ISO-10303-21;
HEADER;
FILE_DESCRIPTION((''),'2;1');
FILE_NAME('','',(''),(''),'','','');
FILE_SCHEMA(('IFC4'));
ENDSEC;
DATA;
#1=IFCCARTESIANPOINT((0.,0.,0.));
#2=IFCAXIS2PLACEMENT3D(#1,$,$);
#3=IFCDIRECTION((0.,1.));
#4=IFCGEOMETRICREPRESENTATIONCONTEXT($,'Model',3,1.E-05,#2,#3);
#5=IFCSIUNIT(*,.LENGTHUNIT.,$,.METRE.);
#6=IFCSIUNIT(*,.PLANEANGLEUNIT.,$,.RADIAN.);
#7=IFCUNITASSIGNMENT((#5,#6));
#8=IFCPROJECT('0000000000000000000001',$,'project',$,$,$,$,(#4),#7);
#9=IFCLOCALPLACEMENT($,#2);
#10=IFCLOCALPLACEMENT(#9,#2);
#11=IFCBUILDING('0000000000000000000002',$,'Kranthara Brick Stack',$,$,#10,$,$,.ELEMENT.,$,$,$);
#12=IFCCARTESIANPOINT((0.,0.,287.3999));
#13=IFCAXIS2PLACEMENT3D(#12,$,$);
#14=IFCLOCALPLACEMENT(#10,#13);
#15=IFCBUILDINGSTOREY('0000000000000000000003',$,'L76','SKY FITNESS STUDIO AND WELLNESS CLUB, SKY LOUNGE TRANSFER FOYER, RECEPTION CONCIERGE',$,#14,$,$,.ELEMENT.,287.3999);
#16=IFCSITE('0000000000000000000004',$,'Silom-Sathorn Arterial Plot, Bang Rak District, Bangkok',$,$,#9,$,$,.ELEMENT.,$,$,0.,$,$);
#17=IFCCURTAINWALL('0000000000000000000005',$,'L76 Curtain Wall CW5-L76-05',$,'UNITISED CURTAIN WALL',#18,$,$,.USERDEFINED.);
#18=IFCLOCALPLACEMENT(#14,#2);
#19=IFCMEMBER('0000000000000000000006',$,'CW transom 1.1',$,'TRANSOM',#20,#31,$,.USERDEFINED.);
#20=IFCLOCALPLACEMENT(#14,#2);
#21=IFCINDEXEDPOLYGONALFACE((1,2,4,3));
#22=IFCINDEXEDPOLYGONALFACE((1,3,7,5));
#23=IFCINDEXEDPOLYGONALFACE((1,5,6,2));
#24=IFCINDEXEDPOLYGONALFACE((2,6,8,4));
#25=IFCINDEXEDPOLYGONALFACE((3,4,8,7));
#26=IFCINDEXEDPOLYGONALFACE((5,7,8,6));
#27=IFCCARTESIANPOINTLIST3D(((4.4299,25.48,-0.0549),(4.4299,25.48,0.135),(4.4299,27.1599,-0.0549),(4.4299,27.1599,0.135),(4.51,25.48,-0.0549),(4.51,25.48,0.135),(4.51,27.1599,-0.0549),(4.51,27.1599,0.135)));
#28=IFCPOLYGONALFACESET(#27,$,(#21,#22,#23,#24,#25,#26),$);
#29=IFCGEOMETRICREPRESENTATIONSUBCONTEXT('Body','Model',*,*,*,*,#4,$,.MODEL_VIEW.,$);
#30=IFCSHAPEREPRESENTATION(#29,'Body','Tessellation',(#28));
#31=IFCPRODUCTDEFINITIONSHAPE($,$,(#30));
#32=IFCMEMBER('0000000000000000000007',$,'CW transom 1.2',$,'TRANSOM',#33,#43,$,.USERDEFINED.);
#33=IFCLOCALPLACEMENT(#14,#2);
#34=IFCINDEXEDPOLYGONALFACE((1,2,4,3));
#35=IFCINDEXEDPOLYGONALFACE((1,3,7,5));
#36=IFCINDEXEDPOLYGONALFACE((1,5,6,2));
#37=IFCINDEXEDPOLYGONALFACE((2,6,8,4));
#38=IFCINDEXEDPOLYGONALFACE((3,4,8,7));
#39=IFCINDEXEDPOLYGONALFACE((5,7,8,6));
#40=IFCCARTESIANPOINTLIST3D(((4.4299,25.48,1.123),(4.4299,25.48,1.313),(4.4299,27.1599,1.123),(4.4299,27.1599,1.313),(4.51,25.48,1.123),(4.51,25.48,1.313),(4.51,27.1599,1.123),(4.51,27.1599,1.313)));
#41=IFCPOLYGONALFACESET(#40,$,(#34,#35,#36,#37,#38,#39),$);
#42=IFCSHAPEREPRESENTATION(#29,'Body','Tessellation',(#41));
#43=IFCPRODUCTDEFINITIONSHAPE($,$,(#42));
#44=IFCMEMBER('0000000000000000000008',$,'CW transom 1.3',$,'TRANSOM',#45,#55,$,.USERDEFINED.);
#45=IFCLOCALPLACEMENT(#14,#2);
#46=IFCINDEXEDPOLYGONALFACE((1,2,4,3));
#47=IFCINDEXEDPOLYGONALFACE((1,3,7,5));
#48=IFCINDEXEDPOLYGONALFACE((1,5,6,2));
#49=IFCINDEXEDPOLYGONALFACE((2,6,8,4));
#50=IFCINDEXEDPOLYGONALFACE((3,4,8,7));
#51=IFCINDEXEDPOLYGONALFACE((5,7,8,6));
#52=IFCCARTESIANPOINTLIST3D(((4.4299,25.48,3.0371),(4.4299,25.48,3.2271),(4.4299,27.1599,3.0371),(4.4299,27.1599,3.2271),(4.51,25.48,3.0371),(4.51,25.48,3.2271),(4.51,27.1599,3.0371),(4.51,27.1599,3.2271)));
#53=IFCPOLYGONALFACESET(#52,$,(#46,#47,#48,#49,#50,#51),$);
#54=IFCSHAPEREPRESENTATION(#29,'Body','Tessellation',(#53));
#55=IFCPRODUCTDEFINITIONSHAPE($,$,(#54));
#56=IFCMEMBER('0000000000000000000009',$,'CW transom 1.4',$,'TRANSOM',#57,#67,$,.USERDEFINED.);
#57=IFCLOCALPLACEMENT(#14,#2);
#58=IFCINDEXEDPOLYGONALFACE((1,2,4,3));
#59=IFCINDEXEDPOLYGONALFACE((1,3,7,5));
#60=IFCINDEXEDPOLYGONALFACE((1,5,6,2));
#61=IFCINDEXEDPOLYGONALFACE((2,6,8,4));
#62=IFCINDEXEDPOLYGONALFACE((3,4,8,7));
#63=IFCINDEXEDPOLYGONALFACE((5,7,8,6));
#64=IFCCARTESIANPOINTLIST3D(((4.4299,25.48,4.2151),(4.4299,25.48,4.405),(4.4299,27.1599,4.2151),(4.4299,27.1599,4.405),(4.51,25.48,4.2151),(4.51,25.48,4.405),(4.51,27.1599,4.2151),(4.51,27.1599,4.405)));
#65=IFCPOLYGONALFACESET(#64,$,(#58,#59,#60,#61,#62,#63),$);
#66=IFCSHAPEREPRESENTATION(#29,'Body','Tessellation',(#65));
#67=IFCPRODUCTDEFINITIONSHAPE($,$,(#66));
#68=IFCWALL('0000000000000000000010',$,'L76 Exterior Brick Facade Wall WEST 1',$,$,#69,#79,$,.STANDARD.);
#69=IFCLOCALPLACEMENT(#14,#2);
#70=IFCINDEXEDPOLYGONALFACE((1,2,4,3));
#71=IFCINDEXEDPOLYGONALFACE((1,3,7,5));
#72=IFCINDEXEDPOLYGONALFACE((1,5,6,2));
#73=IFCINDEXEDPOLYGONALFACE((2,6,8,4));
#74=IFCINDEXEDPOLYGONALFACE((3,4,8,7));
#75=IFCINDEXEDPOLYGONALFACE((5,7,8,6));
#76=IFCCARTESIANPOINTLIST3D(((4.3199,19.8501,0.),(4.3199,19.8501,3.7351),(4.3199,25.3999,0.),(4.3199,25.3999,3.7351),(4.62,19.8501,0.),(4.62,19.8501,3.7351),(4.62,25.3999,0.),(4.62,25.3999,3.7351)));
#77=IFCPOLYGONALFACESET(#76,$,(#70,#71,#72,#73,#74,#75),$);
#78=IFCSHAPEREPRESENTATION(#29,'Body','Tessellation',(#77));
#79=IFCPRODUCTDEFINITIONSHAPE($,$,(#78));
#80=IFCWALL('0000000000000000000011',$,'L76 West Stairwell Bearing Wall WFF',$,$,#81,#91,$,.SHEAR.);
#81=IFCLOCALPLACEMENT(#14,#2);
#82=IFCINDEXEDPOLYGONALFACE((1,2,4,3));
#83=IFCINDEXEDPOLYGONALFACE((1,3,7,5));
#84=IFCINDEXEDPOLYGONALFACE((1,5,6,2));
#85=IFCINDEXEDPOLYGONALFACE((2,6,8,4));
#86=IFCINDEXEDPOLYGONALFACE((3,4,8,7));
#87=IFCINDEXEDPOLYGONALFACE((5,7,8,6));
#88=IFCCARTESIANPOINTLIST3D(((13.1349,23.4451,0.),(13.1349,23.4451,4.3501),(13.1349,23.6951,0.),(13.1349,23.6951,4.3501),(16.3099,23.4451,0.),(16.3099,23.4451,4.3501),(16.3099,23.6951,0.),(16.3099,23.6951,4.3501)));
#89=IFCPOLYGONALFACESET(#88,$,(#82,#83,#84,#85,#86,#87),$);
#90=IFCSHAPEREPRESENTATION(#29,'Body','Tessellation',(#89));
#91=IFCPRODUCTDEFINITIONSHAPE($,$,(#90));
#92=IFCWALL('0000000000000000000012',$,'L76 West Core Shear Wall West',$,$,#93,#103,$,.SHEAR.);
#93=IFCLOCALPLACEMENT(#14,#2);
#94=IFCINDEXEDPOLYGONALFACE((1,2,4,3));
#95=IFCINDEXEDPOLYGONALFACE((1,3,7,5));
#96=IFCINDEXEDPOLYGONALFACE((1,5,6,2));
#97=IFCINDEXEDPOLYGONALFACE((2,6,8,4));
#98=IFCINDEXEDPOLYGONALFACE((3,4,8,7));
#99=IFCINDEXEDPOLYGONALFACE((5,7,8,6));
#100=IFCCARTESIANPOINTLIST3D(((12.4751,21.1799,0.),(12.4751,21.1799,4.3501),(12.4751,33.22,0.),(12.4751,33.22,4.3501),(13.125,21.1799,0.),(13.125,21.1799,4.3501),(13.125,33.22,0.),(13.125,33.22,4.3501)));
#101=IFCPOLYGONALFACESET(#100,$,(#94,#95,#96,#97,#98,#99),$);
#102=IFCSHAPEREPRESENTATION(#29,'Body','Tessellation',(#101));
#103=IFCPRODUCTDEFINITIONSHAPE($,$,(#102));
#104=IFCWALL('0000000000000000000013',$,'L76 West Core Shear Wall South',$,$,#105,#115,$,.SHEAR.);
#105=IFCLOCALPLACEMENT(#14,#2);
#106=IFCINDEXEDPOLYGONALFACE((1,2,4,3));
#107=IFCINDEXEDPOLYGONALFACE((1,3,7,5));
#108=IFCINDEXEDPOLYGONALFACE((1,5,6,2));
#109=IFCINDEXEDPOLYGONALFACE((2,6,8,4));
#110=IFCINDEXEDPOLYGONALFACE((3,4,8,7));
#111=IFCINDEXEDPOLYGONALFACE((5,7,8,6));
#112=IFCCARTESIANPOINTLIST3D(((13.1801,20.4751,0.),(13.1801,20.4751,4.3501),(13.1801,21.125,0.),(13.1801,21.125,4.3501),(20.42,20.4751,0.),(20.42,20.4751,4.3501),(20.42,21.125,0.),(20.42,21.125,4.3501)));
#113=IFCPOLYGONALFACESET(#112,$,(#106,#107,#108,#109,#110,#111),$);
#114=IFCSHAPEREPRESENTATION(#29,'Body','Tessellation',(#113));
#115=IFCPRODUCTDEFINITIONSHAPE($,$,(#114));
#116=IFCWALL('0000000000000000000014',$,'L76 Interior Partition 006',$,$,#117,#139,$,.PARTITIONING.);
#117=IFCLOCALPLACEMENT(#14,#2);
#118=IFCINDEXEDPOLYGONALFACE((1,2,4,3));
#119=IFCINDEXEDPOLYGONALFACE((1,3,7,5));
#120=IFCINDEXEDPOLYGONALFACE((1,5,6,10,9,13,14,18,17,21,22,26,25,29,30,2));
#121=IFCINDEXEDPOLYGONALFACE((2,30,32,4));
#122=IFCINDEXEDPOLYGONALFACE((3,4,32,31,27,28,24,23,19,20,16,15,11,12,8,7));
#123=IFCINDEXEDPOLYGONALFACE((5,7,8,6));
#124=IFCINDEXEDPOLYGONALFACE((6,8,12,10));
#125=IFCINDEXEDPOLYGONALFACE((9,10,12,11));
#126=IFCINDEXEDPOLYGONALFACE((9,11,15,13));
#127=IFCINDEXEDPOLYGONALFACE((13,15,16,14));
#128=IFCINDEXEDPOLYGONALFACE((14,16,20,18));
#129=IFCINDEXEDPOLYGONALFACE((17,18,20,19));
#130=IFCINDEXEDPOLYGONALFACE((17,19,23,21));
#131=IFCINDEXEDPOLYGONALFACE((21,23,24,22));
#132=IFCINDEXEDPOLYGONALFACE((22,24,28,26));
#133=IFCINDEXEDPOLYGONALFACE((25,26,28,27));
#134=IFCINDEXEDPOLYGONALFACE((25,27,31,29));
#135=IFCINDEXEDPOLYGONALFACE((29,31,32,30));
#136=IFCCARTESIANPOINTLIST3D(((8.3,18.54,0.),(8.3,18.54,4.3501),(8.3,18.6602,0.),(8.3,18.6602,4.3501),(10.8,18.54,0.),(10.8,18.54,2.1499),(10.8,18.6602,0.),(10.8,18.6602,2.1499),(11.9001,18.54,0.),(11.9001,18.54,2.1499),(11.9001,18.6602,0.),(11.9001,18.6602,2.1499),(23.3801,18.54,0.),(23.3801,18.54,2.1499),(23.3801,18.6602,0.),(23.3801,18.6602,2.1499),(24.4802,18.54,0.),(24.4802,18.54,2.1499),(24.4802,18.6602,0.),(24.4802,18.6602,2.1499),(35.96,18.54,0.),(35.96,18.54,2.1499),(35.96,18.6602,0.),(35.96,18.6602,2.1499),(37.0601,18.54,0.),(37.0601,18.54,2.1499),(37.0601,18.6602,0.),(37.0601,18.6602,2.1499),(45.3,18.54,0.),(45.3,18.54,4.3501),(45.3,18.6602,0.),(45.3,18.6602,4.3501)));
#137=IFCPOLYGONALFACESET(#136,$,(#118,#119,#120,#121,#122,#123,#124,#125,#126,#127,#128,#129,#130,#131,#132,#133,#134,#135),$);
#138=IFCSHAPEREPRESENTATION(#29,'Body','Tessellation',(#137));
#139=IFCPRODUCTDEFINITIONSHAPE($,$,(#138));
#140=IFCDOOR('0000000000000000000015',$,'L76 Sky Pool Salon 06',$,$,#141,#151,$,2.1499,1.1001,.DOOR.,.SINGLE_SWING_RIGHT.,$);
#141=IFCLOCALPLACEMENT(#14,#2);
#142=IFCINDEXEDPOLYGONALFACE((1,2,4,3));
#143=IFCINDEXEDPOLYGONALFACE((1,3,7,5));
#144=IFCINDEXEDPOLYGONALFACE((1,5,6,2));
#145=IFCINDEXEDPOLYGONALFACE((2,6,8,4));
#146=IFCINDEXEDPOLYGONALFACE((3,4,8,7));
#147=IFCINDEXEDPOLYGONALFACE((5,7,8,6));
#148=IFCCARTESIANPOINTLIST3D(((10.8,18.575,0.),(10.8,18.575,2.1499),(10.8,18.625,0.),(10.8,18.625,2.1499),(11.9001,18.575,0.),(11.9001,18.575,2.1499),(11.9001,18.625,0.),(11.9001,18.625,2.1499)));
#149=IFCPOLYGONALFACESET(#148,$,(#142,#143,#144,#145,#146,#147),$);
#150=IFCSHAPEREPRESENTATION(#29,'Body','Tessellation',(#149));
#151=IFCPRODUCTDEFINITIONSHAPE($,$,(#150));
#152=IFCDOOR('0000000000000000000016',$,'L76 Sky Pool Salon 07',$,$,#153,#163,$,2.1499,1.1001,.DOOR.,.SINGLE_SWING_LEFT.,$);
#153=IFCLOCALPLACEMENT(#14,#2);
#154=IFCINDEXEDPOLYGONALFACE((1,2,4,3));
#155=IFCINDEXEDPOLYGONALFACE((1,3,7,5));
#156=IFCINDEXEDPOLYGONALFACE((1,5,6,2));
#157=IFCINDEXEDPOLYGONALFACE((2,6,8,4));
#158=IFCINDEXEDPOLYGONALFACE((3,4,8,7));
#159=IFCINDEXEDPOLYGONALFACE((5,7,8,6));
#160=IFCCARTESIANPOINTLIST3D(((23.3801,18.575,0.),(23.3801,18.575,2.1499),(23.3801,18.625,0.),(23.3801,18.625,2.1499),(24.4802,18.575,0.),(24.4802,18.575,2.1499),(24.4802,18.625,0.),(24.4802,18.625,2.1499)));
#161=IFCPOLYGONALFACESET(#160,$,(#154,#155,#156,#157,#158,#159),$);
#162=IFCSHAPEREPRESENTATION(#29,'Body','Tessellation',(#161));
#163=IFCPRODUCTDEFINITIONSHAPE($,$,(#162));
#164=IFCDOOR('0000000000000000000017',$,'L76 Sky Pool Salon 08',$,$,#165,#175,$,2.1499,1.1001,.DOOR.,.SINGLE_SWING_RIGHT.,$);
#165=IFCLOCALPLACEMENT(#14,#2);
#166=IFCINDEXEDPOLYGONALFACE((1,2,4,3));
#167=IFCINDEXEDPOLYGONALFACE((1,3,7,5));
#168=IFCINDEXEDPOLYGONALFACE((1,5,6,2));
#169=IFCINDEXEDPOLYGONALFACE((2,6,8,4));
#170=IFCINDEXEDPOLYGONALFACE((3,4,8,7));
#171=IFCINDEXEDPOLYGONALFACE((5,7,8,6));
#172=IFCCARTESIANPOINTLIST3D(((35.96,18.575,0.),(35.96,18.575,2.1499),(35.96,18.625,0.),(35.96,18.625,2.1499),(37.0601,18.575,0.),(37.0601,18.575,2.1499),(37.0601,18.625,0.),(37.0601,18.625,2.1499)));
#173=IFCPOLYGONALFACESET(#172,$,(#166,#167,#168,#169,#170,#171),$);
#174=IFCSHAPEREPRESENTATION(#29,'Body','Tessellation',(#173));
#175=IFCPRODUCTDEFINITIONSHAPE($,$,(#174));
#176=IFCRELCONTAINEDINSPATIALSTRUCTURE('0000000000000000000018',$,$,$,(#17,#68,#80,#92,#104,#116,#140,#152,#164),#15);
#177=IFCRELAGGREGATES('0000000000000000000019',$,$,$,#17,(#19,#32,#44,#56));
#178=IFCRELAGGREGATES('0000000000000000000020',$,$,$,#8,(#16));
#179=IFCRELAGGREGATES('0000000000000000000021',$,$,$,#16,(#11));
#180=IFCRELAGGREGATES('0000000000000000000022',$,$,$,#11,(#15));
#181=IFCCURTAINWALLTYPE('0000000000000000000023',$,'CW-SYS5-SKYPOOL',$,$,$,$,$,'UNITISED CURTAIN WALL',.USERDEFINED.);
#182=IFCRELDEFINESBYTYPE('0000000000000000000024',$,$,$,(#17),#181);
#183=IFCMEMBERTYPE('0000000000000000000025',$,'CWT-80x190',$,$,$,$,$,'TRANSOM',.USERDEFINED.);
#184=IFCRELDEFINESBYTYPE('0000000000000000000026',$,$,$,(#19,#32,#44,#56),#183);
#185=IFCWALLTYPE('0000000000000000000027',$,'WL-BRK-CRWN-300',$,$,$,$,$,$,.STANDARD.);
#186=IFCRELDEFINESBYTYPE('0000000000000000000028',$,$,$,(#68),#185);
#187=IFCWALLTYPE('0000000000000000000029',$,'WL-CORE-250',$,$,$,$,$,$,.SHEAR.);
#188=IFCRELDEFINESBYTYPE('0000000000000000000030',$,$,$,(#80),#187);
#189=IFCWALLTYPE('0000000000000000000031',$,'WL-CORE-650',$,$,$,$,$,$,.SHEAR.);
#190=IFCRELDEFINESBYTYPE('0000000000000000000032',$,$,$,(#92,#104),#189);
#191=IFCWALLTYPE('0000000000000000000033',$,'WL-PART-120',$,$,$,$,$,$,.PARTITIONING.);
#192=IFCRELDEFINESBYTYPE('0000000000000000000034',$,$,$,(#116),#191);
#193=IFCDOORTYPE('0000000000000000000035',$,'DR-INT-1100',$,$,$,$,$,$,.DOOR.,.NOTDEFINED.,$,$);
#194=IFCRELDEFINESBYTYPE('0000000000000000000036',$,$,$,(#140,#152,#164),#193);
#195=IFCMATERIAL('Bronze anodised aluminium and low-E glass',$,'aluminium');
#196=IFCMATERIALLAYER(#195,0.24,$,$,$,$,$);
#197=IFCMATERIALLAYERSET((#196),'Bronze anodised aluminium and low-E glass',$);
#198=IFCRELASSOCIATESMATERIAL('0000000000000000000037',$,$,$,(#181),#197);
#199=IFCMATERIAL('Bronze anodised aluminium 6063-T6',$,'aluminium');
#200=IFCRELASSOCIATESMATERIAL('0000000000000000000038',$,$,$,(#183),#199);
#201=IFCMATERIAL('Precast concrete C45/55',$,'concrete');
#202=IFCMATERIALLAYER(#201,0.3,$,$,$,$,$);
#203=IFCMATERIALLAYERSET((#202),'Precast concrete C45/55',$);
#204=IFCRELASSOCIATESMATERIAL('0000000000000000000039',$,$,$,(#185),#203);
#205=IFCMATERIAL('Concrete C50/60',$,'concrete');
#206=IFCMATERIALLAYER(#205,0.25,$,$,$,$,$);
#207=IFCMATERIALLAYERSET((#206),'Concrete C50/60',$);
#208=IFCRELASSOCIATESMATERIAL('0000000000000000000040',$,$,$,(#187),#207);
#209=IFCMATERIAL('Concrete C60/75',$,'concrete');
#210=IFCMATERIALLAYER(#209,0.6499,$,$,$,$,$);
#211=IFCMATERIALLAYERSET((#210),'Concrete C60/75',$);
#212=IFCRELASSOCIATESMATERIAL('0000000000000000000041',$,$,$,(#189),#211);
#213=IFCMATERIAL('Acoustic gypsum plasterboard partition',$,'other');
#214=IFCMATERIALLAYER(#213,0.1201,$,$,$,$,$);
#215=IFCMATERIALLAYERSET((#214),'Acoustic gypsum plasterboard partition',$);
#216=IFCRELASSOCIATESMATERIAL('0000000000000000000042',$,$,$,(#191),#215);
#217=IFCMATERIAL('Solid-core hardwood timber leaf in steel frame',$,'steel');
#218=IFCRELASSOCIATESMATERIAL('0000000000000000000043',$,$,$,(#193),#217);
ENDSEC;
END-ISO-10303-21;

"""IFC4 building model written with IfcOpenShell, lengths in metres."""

from ifc_helpers import new_model, si_unit, direction, frame, frame_2d, origin, origin_2d, place, context, subcontext, project, spatial, rectangle, extrude, material, layer, layer_set, material_profile, profile_set, type_object, element, fill, aggregate, save


model = new_model("IFC4")

# Units and contexts
model_context = context("Model", 3, precision=1e-05, world=origin(), true_north=direction((0.0, 1.0)))
body_context = subcontext(model_context, "Body", "Model", "MODEL_VIEW")
ifc_project = project(units=[si_unit("LENGTHUNIT", "METRE"), si_unit("PLANEANGLEUNIT", "RADIAN")], contexts=[model_context])

# Site, building, storey
site_placement = place(None, origin())
site = spatial("IfcSite", under=ifc_project, at=site_placement, Name="Silom-Sathorn Arterial Plot, Bang Rak District, Bangkok", CompositionType="ELEMENT", RefElevation=0.0)
building_placement = place(site_placement, origin())
building = spatial("IfcBuilding", under=site, at=building_placement, Name="Kranthara Brick Stack", CompositionType="ELEMENT")
storey_placement = place(building_placement, frame((0.0, 0.0, 287.3999)))
storey = spatial("IfcBuildingStorey", under=building, at=storey_placement, Name="L76", Description="SKY FITNESS STUDIO AND WELLNESS CLUB, SKY LOUNGE TRANSFER FOYER, RECEPTION CONCIERGE", CompositionType="ELEMENT", Elevation=287.3999)

# Curtain wall, members
ifc_material_1 = material(Name="Bronze anodised aluminium and low-E glass", Category="aluminium")
ifc_layer_1 = layer(ifc_material_1, 0.24)
ifc_layer_set_1 = layer_set([ifc_layer_1], Name="Bronze anodised aluminium and low-E glass")
curtain_wall_type = type_object("IfcCurtainWallType", Name="CW-SYS5-SKYPOOL", ElementType="UNITISED CURTAIN WALL", PredefinedType="USERDEFINED", material=ifc_layer_set_1)
curtain_wall_placement = place(storey_placement, origin())
curtain_wall = element("IfcCurtainWall", 1, at=curtain_wall_placement, inside=storey, type_object=curtain_wall_type, Name="L76 Curtain Wall CW5-L76-05", ObjectType="UNITISED CURTAIN WALL", PredefinedType="USERDEFINED")
ifc_material_2 = material(Name="Bronze anodised aluminium 6063-T6", Category="aluminium")
ifc_material_profile_1 = material_profile(ifc_material_2, rectangle(XDim=0.0801, YDim=0.1899, at=origin_2d()), Name="ALU TRANSOM 80x190")
ifc_profile_set_1 = profile_set([ifc_material_profile_1], Name="Bronze anodised aluminium 6063-T6")
member_type_1 = type_object("IfcMemberType", Name="CWT-80x190", ElementType="TRANSOM", PredefinedType="USERDEFINED", material=ifc_profile_set_1)
member_1_placement = place(storey_placement, frame((4.47, 25.48, 0.04), z_axis=(0.0, 1.0, 0.0), x_axis=(-1.0, 0.0, 0.0)))
member_1 = element("IfcMember", 2, at=member_1_placement, type_object=member_type_1, Name="CW transom 1.1", ObjectType="TRANSOM", PredefinedType="USERDEFINED", context=body_context, shape_type="SweptSolid", body=[
    extrude(rectangle(XDim=0.0801, YDim=0.1899, at=origin_2d()), origin(), (0.0, 0.0, 1.0), 1.6799),
])
member_2_placement = place(storey_placement, frame((4.47, 25.48, 1.218), z_axis=(0.0, 1.0, 0.0), x_axis=(-1.0, 0.0, 0.0)))
member_2 = element("IfcMember", 3, at=member_2_placement, type_object=member_type_1, Name="CW transom 1.2", ObjectType="TRANSOM", PredefinedType="USERDEFINED", context=body_context, shape_type="SweptSolid", body=[
    extrude(rectangle(XDim=0.0801, YDim=0.1899, at=origin_2d()), origin(), (0.0, 0.0, 1.0), 1.6799),
])
member_3_placement = place(storey_placement, frame((4.47, 25.48, 3.1321), z_axis=(0.0, 1.0, 0.0), x_axis=(-1.0, 0.0, 0.0)))
member_3 = element("IfcMember", 4, at=member_3_placement, type_object=member_type_1, Name="CW transom 1.3", ObjectType="TRANSOM", PredefinedType="USERDEFINED", context=body_context, shape_type="SweptSolid", body=[
    extrude(rectangle(XDim=0.0801, YDim=0.1899, at=origin_2d()), origin(), (0.0, 0.0, 1.0), 1.6799),
])
member_4_placement = place(storey_placement, frame((4.47, 25.48, 4.3101), z_axis=(0.0, 1.0, 0.0), x_axis=(-1.0, 0.0, 0.0)))
member_4 = element("IfcMember", 5, at=member_4_placement, type_object=member_type_1, Name="CW transom 1.4", ObjectType="TRANSOM", PredefinedType="USERDEFINED", context=body_context, shape_type="SweptSolid", body=[
    extrude(rectangle(XDim=0.0801, YDim=0.1899, at=origin_2d()), origin(), (0.0, 0.0, 1.0), 1.6799),
])
aggregate(curtain_wall, [member_1, member_2, member_3, member_4])

# Walls
ifc_material_3 = material(Name="Precast concrete C45/55", Category="concrete")
ifc_layer_2 = layer(ifc_material_3, 0.3)
ifc_layer_set_2 = layer_set([ifc_layer_2], Name="Precast concrete C45/55")
wall_type_1 = type_object("IfcWallType", Name="WL-BRK-CRWN-300", PredefinedType="STANDARD", material=ifc_layer_set_2)
wall_1_placement = place(storey_placement, frame((4.47, 19.8501, 0.0), z_axis=(0.0, 0.0, 1.0), x_axis=(0.0, 1.0, 0.0)))
element("IfcWall", 6, at=wall_1_placement, inside=storey, type_object=wall_type_1, Name="L76 Exterior Brick Facade Wall WEST 1", PredefinedType="STANDARD", context=body_context, shape_type="SweptSolid", body=[
    extrude(rectangle(XDim=5.5498, YDim=0.3, at=frame_2d((2.7749, 0.0))), origin(), (0.0, 0.0, 1.0), 3.7351),
])
ifc_material_4 = material(Name="Concrete C50/60", Category="concrete")
ifc_layer_3 = layer(ifc_material_4, 0.25)
ifc_layer_set_3 = layer_set([ifc_layer_3], Name="Concrete C50/60")
wall_type_2 = type_object("IfcWallType", Name="WL-CORE-250", PredefinedType="SHEAR", material=ifc_layer_set_3)
wall_2_placement = place(storey_placement, frame((13.135, 23.5701, 0.0), z_axis=(0.0, 0.0, 1.0), x_axis=(1.0, 0.0, 0.0)))
element("IfcWall", 7, at=wall_2_placement, inside=storey, type_object=wall_type_2, Name="L76 West Stairwell Bearing Wall WFF", PredefinedType="SHEAR", context=body_context, shape_type="SweptSolid", body=[
    extrude(rectangle(XDim=3.175, YDim=0.25, at=frame_2d((1.5874, 0.0))), origin(), (0.0, 0.0, 1.0), 4.3501),
])
ifc_material_5 = material(Name="Concrete C60/75", Category="concrete")
ifc_layer_4 = layer(ifc_material_5, 0.6499)
ifc_layer_set_4 = layer_set([ifc_layer_4], Name="Concrete C60/75")
wall_type_3 = type_object("IfcWallType", Name="WL-CORE-650", PredefinedType="SHEAR", material=ifc_layer_set_4)
wall_3_placement = place(storey_placement, frame((12.8, 21.1799, 0.0), z_axis=(0.0, 0.0, 1.0), x_axis=(0.0, 1.0, 0.0)))
element("IfcWall", 8, at=wall_3_placement, inside=storey, type_object=wall_type_3, Name="L76 West Core Shear Wall West", PredefinedType="SHEAR", context=body_context, shape_type="SweptSolid", body=[
    extrude(rectangle(XDim=12.04, YDim=0.6499, at=frame_2d((6.02, 0.0))), origin(), (0.0, 0.0, 1.0), 4.3501),
])
wall_4_placement = place(storey_placement, frame((13.1799, 20.8, 0.0), z_axis=(0.0, 0.0, 1.0), x_axis=(1.0, 0.0, 0.0)))
element("IfcWall", 9, at=wall_4_placement, inside=storey, type_object=wall_type_3, Name="L76 West Core Shear Wall South", PredefinedType="SHEAR", context=body_context, shape_type="SweptSolid", body=[
    extrude(rectangle(XDim=7.24, YDim=0.6499, at=frame_2d((3.6201, 0.0))), origin(), (0.0, 0.0, 1.0), 4.3501),
])

# Wall, openings, doors
ifc_material_6 = material(Name="Acoustic gypsum plasterboard partition", Category="other")
ifc_layer_5 = layer(ifc_material_6, 0.1201)
ifc_layer_set_5 = layer_set([ifc_layer_5], Name="Acoustic gypsum plasterboard partition")
wall_type_4 = type_object("IfcWallType", Name="WL-PART-120", PredefinedType="PARTITIONING", material=ifc_layer_set_5)
wall_5_placement = place(storey_placement, frame((8.3, 18.6001, 0.0), z_axis=(0.0, 0.0, 1.0), x_axis=(1.0, 0.0, 0.0)))
wall_5 = element("IfcWall", 10, at=wall_5_placement, inside=storey, type_object=wall_type_4, Name="L76 Interior Partition 006", PredefinedType="PARTITIONING", context=body_context, shape_type="SweptSolid", body=[
    extrude(rectangle(XDim=37.0, YDim=0.1201, at=frame_2d((18.5, 0.0))), origin(), (0.0, 0.0, 1.0), 4.3501),
])
opening_1_placement = place(wall_5_placement, frame((2.5, 0.0, 0.0)))
opening_1 = element("IfcOpeningElement", 11, at=opening_1_placement, cuts=wall_5, PredefinedType="OPENING", context=body_context, shape_type="SweptSolid", body=[
    extrude(rectangle(XDim=1.1001, YDim=2.1499, at=frame_2d((0.55, 1.075))), frame((0.0, 0.0701, 0.0), z_axis=(0.0, -1.0, 0.0), x_axis=(1.0, 0.0, 0.0)), (0.0, 0.0, 1.0), 0.1401),
])
opening_2_placement = place(wall_5_placement, frame((15.0801, 0.0, 0.0)))
opening_2 = element("IfcOpeningElement", 12, at=opening_2_placement, cuts=wall_5, PredefinedType="OPENING", context=body_context, shape_type="SweptSolid", body=[
    extrude(rectangle(XDim=1.1001, YDim=2.1499, at=frame_2d((0.55, 1.075))), frame((0.0, 0.0701, 0.0), z_axis=(0.0, -1.0, 0.0), x_axis=(1.0, 0.0, 0.0)), (0.0, 0.0, 1.0), 0.1401),
])
opening_3_placement = place(wall_5_placement, frame((27.6599, 0.0, 0.0)))
opening_3 = element("IfcOpeningElement", 13, at=opening_3_placement, cuts=wall_5, PredefinedType="OPENING", context=body_context, shape_type="SweptSolid", body=[
    extrude(rectangle(XDim=1.1001, YDim=2.1499, at=frame_2d((0.55, 1.075))), frame((0.0, 0.0701, 0.0), z_axis=(0.0, -1.0, 0.0), x_axis=(1.0, 0.0, 0.0)), (0.0, 0.0, 1.0), 0.1401),
])
ifc_material_7 = material(Name="Solid-core hardwood timber leaf in steel frame", Category="steel")
door_type = type_object("IfcDoorType", Name="DR-INT-1100", OperationType="NOTDEFINED", PredefinedType="DOOR", material=ifc_material_7)
door_1_placement = place(opening_1_placement, origin())
door_1 = element("IfcDoor", 14, at=door_1_placement, inside=storey, type_object=door_type, Name="L76 Sky Pool Salon 06", OperationType="SINGLE_SWING_RIGHT", OverallHeight=2.1499, OverallWidth=1.1001, PredefinedType="DOOR", context=body_context, shape_type="SweptSolid", body=[
    extrude(rectangle(XDim=1.1001, YDim=2.1499, at=frame_2d((0.55, 1.075))), frame((0.0, 0.0249, 0.0), z_axis=(0.0, -1.0, 0.0), x_axis=(1.0, 0.0, 0.0)), (0.0, 0.0, 1.0), 0.05),
])
fill(opening_1, door_1)
door_2_placement = place(opening_2_placement, origin())
door_2 = element("IfcDoor", 15, at=door_2_placement, inside=storey, type_object=door_type, Name="L76 Sky Pool Salon 07", OperationType="SINGLE_SWING_LEFT", OverallHeight=2.1499, OverallWidth=1.1001, PredefinedType="DOOR", context=body_context, shape_type="SweptSolid", body=[
    extrude(rectangle(XDim=1.1001, YDim=2.1499, at=frame_2d((0.55, 1.075))), frame((0.0, 0.0249, 0.0), z_axis=(0.0, -1.0, 0.0), x_axis=(1.0, 0.0, 0.0)), (0.0, 0.0, 1.0), 0.05),
])
fill(opening_2, door_2)
door_3_placement = place(opening_3_placement, origin())
door_3 = element("IfcDoor", 16, at=door_3_placement, inside=storey, type_object=door_type, Name="L76 Sky Pool Salon 08", OperationType="SINGLE_SWING_RIGHT", OverallHeight=2.1499, OverallWidth=1.1001, PredefinedType="DOOR", context=body_context, shape_type="SweptSolid", body=[
    extrude(rectangle(XDim=1.1001, YDim=2.1499, at=frame_2d((0.55, 1.075))), frame((0.0, 0.0249, 0.0), z_axis=(0.0, -1.0, 0.0), x_axis=(1.0, 0.0, 0.0)), (0.0, 0.0, 1.0), 0.05),
])
fill(opening_3, door_3)

save(model, "model.ifc")
